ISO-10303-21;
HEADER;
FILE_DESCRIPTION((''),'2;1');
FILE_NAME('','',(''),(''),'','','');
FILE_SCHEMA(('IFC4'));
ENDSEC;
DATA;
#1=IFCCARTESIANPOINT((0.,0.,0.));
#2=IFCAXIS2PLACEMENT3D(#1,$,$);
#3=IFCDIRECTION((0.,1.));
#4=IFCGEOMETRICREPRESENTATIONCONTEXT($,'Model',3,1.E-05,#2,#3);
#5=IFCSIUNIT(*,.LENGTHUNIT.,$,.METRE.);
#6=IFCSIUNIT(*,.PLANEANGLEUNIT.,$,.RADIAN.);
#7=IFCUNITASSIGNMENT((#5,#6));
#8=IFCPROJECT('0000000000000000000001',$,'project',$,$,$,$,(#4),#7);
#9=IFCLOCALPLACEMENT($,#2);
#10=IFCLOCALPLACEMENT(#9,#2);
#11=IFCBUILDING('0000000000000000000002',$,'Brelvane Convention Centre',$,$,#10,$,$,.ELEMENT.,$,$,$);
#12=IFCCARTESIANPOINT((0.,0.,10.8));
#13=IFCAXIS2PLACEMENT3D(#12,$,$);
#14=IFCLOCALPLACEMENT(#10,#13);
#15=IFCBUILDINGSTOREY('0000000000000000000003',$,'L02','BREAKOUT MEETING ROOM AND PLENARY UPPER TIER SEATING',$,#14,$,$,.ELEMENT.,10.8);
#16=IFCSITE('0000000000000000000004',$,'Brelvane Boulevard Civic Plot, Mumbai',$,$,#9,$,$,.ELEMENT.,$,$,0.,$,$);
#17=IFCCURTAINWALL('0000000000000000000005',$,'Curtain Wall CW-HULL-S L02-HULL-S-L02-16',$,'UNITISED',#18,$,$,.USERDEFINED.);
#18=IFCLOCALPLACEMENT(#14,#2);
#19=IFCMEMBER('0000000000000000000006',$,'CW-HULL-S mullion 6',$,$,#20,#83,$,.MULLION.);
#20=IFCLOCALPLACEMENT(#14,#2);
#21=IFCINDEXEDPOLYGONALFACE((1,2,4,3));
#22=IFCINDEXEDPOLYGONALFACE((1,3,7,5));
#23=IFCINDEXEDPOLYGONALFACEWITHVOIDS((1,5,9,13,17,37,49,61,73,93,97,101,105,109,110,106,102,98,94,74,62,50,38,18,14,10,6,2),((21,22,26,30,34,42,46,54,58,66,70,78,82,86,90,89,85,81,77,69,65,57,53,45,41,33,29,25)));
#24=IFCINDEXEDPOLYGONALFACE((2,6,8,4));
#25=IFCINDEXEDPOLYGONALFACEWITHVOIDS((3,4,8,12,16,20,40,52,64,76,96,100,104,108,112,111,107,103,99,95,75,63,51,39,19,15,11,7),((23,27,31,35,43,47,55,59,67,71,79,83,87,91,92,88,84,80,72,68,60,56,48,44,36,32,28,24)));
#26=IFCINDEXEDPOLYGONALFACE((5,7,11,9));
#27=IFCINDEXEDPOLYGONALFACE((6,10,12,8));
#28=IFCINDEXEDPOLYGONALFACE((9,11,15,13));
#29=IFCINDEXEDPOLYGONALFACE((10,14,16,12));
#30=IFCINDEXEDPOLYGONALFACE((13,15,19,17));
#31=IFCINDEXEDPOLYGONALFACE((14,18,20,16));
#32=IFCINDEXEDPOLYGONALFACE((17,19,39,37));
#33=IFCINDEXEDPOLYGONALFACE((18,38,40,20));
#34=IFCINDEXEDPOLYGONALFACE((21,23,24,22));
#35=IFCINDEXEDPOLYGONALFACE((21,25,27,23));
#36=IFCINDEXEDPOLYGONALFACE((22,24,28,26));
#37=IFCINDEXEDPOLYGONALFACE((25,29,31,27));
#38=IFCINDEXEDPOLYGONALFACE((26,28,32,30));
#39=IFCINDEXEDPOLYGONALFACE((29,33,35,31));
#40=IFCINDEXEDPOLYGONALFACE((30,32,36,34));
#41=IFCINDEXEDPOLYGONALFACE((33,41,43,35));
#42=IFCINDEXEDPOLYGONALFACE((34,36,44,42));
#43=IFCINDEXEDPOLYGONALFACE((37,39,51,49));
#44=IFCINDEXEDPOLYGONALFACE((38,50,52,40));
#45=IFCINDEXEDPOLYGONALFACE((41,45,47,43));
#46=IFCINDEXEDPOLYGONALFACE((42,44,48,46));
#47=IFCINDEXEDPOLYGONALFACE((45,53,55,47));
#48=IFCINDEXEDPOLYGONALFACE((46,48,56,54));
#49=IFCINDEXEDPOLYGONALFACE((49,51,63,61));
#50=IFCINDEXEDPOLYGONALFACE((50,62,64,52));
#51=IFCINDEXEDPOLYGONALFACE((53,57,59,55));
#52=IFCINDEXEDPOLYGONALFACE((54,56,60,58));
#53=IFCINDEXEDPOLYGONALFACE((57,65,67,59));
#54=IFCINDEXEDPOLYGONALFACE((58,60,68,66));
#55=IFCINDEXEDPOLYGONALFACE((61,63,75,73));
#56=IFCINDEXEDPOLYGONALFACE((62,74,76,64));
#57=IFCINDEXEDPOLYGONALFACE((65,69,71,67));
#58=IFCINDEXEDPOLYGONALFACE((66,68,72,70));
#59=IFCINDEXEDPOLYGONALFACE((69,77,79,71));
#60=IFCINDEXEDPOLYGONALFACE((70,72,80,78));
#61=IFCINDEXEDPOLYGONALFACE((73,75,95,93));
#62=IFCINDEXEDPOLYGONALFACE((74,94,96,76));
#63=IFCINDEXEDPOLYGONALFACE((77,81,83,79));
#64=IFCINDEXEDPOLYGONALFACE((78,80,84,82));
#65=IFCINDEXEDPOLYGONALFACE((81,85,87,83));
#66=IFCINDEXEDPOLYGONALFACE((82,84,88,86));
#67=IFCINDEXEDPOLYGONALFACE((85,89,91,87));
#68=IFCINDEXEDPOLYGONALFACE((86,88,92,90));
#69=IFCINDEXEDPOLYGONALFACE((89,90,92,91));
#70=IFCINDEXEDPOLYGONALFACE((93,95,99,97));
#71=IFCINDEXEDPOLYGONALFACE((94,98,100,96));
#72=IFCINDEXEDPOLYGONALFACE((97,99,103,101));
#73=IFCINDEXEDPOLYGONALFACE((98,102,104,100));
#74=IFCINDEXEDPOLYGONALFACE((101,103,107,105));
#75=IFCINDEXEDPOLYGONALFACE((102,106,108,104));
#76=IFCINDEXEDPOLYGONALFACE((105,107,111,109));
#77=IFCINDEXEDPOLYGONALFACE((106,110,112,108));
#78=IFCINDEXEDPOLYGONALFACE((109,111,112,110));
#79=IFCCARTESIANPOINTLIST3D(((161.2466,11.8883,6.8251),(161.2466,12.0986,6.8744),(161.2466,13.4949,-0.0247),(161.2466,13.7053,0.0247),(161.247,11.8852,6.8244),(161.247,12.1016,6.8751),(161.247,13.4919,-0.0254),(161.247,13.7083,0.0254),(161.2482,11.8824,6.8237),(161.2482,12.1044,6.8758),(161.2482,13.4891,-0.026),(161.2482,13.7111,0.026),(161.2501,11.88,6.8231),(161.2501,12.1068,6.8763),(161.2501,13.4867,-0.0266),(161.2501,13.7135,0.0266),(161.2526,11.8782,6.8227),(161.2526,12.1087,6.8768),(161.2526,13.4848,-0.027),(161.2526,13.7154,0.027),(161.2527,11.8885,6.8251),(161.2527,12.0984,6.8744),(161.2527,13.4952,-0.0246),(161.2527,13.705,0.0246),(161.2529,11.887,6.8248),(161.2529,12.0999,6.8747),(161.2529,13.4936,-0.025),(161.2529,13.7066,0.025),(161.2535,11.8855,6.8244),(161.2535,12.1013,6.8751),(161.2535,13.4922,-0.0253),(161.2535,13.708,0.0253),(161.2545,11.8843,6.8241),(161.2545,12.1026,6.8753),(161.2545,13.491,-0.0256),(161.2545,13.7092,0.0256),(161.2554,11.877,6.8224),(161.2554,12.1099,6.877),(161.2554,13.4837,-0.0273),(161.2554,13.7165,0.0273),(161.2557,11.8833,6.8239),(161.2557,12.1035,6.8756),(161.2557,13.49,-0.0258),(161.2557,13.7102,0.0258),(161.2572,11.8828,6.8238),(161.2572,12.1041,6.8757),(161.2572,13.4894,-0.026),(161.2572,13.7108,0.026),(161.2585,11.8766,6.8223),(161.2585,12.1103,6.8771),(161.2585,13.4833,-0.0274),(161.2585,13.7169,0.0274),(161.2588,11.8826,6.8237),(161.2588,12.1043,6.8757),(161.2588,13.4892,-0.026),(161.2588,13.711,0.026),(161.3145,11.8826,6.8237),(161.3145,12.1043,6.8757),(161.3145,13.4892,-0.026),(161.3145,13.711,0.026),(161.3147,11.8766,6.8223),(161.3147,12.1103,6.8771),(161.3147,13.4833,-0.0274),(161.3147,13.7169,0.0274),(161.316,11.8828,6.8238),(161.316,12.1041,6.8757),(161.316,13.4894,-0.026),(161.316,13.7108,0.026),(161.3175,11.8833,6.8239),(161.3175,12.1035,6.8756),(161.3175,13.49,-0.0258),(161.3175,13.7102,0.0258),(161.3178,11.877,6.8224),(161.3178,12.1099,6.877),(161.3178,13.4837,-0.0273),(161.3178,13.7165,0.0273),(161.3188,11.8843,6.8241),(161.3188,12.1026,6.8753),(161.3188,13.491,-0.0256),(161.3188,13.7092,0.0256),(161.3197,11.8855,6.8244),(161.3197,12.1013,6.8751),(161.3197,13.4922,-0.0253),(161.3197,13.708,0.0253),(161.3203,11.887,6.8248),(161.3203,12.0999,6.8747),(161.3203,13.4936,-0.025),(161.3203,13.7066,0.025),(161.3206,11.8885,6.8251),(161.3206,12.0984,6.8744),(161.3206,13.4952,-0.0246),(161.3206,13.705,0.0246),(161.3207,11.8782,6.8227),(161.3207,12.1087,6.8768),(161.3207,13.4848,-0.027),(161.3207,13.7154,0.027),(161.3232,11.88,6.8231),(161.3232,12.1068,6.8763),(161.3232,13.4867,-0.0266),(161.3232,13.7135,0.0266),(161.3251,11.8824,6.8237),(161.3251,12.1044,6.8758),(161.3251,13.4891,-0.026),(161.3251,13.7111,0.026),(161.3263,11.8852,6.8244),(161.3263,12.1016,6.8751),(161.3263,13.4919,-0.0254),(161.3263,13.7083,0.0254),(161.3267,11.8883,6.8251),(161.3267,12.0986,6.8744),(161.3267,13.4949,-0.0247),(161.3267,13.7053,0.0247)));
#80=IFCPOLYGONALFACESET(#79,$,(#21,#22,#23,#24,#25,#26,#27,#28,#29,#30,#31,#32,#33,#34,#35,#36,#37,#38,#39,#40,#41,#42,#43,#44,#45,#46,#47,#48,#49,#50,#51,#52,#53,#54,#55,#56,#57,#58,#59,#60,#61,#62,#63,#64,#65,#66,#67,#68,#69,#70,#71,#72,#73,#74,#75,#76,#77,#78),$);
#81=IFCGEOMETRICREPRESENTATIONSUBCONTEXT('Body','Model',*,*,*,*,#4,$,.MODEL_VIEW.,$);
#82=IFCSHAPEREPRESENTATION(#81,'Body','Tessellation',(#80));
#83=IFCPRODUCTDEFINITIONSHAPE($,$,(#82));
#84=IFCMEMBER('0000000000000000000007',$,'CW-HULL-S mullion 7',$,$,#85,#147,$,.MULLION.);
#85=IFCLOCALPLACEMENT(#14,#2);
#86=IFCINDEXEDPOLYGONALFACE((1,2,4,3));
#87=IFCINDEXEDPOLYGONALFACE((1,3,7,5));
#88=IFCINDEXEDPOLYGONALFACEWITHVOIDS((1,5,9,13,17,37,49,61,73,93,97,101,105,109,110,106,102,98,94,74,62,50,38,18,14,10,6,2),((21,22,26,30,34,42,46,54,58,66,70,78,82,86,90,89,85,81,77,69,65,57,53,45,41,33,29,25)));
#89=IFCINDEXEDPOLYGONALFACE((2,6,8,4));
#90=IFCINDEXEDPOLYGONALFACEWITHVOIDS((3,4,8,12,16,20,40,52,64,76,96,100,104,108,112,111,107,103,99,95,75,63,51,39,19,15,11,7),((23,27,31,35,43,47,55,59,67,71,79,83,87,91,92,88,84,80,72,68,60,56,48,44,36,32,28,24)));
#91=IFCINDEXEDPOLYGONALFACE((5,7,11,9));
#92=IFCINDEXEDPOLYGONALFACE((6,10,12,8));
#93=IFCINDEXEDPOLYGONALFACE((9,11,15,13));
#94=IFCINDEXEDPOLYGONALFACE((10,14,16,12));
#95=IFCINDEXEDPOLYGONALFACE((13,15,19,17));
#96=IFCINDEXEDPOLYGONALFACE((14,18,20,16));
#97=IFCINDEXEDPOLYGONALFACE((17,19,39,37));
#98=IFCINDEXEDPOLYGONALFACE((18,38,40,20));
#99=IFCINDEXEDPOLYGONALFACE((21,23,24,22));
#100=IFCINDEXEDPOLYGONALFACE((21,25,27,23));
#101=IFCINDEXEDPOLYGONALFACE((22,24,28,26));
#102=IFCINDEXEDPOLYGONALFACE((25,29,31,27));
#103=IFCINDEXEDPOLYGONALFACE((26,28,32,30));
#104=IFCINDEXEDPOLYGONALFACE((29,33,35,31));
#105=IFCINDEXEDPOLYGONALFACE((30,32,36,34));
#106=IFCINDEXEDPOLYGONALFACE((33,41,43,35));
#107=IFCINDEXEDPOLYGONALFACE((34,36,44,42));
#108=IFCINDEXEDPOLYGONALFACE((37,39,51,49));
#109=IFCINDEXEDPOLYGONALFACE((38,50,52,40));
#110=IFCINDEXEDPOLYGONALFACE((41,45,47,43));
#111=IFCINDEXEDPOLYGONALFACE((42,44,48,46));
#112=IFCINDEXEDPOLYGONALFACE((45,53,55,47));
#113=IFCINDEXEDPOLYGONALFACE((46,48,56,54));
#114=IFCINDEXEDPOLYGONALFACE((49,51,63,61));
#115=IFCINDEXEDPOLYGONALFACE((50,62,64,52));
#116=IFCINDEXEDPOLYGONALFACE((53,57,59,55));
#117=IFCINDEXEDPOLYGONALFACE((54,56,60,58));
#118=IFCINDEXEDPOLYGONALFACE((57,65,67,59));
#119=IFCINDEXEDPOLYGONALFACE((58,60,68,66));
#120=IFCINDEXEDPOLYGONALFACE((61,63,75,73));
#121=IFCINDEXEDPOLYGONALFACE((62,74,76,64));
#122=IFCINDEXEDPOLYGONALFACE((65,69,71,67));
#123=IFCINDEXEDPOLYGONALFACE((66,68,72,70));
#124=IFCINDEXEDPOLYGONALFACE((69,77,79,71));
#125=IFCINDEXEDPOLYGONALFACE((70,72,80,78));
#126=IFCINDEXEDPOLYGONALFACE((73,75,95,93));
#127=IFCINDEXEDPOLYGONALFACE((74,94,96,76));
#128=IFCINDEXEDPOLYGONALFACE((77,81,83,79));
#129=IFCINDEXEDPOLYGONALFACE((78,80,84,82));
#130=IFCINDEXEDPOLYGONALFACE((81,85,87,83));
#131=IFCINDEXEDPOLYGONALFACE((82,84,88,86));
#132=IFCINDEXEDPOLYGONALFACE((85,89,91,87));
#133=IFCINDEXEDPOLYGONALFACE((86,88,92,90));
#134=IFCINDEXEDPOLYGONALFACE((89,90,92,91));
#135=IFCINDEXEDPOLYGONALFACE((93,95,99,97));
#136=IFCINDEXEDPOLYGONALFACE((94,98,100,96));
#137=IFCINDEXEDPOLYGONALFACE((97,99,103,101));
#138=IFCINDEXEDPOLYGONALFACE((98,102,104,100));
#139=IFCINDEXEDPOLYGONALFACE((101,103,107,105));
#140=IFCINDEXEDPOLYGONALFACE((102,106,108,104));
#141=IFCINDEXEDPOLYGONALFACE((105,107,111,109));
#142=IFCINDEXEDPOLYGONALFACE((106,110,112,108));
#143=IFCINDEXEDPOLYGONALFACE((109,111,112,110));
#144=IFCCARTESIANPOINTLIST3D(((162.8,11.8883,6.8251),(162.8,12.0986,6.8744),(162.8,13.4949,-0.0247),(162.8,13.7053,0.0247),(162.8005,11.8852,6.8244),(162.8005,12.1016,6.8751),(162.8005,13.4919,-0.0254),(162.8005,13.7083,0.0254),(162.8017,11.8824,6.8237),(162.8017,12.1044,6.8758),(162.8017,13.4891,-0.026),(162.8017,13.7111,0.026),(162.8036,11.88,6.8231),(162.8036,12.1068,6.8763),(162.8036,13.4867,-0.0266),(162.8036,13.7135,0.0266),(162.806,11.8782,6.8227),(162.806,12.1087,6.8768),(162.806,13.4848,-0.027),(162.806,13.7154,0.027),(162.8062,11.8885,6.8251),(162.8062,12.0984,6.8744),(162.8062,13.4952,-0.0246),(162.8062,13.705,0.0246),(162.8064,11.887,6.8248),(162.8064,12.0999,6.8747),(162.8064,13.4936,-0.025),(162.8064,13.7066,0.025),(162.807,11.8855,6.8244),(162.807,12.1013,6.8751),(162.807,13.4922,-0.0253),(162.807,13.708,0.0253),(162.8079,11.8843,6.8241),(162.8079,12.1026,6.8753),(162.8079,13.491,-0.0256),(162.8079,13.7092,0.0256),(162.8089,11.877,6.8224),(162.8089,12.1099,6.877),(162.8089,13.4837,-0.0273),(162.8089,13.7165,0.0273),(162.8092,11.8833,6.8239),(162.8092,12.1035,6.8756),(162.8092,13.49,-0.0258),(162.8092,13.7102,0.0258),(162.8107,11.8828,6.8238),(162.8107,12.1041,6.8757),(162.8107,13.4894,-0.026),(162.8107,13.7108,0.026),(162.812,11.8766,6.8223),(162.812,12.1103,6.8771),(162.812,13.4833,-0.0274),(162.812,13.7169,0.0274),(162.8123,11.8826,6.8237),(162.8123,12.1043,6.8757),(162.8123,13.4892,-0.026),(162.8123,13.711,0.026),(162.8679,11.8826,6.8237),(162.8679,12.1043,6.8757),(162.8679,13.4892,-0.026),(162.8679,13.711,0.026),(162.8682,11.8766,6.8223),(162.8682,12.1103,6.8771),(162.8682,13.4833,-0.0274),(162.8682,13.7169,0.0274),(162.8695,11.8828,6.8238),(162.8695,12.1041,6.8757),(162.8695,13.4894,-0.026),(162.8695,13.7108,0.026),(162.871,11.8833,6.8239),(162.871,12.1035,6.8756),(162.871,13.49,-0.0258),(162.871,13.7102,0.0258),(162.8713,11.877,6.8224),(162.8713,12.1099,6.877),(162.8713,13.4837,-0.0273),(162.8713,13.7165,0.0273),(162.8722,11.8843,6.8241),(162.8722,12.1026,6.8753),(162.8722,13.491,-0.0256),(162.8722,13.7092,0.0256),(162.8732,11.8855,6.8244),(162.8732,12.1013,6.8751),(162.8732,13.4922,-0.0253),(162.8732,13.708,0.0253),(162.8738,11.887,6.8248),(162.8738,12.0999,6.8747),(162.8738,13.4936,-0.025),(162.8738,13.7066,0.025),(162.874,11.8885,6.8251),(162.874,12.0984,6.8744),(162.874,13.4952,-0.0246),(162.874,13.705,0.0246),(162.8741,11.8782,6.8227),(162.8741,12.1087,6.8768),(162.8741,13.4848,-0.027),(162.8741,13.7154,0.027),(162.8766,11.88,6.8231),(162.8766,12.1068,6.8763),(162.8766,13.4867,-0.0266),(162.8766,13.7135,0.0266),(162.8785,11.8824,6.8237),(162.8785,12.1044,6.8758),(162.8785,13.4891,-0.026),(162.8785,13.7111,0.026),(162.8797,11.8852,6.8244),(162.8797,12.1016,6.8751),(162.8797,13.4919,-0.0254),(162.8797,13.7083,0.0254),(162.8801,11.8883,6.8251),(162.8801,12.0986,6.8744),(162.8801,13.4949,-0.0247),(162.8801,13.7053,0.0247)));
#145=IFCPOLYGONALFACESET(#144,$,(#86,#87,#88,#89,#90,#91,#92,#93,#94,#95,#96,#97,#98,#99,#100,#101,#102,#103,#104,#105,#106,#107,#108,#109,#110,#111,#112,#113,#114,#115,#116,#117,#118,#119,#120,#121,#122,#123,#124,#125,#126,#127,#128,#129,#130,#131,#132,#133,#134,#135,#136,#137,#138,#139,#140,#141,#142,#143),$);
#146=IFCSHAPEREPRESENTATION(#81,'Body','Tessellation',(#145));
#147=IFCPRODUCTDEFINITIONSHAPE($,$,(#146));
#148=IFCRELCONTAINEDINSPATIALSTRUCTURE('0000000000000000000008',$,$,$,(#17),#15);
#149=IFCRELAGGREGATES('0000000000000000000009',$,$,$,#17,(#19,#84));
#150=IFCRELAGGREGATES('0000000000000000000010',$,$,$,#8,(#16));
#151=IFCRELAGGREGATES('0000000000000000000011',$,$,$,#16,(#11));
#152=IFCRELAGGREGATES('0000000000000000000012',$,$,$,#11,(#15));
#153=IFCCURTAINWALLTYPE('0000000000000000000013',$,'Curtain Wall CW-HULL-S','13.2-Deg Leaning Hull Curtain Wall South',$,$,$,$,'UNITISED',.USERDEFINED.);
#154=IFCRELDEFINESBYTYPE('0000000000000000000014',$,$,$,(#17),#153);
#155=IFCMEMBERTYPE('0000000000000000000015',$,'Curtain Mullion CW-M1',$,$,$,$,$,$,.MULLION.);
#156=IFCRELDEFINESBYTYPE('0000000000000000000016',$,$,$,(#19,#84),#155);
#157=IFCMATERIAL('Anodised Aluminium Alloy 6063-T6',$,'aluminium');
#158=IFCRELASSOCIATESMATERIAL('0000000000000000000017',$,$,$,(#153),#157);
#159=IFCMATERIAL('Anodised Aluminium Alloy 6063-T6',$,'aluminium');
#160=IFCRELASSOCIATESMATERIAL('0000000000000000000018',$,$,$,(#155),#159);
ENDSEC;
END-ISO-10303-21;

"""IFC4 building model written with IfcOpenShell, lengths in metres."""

from ifc_helpers import new_model, si_unit, direction, frame, origin, origin_2d, place, context, subcontext, project, spatial, hollow_rectangle, extrude, material, material_profile, profile_set, type_object, element, aggregate, save


model = new_model("IFC4")

# Units and contexts
model_context = context("Model", 3, precision=1e-05, world=origin(), true_north=direction((0.0, 1.0)))
body_context = subcontext(model_context, "Body", "Model", "MODEL_VIEW")
ifc_project = project(units=[si_unit("LENGTHUNIT", "METRE"), si_unit("PLANEANGLEUNIT", "RADIAN")], contexts=[model_context])

# Site, building, storey
site_placement = place(None, origin())
site = spatial("IfcSite", under=ifc_project, at=site_placement, Name="Brelvane Boulevard Civic Plot, Mumbai", CompositionType="ELEMENT", RefElevation=0.0)
building_placement = place(site_placement, origin())
building = spatial("IfcBuilding", under=site, at=building_placement, Name="Brelvane Convention Centre", CompositionType="ELEMENT")
storey_placement = place(building_placement, frame((0.0, 0.0, 10.8)))
storey = spatial("IfcBuildingStorey", under=building, at=storey_placement, Name="L02", Description="BREAKOUT MEETING ROOM AND PLENARY UPPER TIER SEATING", CompositionType="ELEMENT", Elevation=10.8)

# Curtain wall, members
ifc_material_1 = material(Name="Anodised Aluminium Alloy 6063-T6", Category="aluminium")
curtain_wall_type = type_object("IfcCurtainWallType", Name="Curtain Wall CW-HULL-S", Description="13.2-Deg Leaning Hull Curtain Wall South", ElementType="UNITISED", PredefinedType="USERDEFINED", material=ifc_material_1)
curtain_wall_1_placement = place(storey_placement, origin())
curtain_wall_1 = element("IfcCurtainWall", 1, at=curtain_wall_1_placement, inside=storey, type_object=curtain_wall_type, Name="Curtain Wall CW-HULL-S L02-HULL-S-L02-16", ObjectType="UNITISED", PredefinedType="USERDEFINED")
ifc_material_2 = material(Name="Anodised Aluminium Alloy 6063-T6", Category="aluminium")
ifc_material_profile_1 = material_profile(ifc_material_2, hollow_rectangle(XDim=0.0801, YDim=0.24, WallThickness=0.0061, InnerFilletRadius=0.0061, OuterFilletRadius=0.012, at=origin_2d()), Name="ALU-M 240x80x6.0")
ifc_profile_set_1 = profile_set([ifc_material_profile_1], Name="Anodised Aluminium Alloy 6063-T6")
member_type_1 = type_object("IfcMemberType", Name="Curtain Mullion CW-M1", PredefinedType="MULLION", material=ifc_profile_set_1)
member_1_placement = place(storey_placement, frame((161.2866, 13.6001, 0.0), z_axis=(0.0, -0.22836, 0.973577), x_axis=(1.0, 0.0, 0.0)))
member_1 = element("IfcMember", 2, at=member_1_placement, type_object=member_type_1, Name="CW-HULL-S mullion 6", PredefinedType="MULLION", context=body_context, shape_type="SweptSolid", body=[
    extrude(hollow_rectangle(XDim=0.0801, YDim=0.24, WallThickness=0.0061, InnerFilletRadius=0.0061, OuterFilletRadius=0.012, at=origin_2d()), origin(), (0.0, 0.0, 1.0), 7.0356),
])
member_2_placement = place(storey_placement, frame((162.8401, 13.6001, 0.0), z_axis=(0.0, -0.22836, 0.973577), x_axis=(1.0, 0.0, 0.0)))
member_2 = element("IfcMember", 3, at=member_2_placement, type_object=member_type_1, Name="CW-HULL-S mullion 7", PredefinedType="MULLION", context=body_context, shape_type="SweptSolid", body=[
    extrude(hollow_rectangle(XDim=0.0801, YDim=0.24, WallThickness=0.0061, InnerFilletRadius=0.0061, OuterFilletRadius=0.012, at=origin_2d()), origin(), (0.0, 0.0, 1.0), 7.0356),
])

aggregate(curtain_wall_1, [member_1, member_2])

save(model, "model.ifc")
